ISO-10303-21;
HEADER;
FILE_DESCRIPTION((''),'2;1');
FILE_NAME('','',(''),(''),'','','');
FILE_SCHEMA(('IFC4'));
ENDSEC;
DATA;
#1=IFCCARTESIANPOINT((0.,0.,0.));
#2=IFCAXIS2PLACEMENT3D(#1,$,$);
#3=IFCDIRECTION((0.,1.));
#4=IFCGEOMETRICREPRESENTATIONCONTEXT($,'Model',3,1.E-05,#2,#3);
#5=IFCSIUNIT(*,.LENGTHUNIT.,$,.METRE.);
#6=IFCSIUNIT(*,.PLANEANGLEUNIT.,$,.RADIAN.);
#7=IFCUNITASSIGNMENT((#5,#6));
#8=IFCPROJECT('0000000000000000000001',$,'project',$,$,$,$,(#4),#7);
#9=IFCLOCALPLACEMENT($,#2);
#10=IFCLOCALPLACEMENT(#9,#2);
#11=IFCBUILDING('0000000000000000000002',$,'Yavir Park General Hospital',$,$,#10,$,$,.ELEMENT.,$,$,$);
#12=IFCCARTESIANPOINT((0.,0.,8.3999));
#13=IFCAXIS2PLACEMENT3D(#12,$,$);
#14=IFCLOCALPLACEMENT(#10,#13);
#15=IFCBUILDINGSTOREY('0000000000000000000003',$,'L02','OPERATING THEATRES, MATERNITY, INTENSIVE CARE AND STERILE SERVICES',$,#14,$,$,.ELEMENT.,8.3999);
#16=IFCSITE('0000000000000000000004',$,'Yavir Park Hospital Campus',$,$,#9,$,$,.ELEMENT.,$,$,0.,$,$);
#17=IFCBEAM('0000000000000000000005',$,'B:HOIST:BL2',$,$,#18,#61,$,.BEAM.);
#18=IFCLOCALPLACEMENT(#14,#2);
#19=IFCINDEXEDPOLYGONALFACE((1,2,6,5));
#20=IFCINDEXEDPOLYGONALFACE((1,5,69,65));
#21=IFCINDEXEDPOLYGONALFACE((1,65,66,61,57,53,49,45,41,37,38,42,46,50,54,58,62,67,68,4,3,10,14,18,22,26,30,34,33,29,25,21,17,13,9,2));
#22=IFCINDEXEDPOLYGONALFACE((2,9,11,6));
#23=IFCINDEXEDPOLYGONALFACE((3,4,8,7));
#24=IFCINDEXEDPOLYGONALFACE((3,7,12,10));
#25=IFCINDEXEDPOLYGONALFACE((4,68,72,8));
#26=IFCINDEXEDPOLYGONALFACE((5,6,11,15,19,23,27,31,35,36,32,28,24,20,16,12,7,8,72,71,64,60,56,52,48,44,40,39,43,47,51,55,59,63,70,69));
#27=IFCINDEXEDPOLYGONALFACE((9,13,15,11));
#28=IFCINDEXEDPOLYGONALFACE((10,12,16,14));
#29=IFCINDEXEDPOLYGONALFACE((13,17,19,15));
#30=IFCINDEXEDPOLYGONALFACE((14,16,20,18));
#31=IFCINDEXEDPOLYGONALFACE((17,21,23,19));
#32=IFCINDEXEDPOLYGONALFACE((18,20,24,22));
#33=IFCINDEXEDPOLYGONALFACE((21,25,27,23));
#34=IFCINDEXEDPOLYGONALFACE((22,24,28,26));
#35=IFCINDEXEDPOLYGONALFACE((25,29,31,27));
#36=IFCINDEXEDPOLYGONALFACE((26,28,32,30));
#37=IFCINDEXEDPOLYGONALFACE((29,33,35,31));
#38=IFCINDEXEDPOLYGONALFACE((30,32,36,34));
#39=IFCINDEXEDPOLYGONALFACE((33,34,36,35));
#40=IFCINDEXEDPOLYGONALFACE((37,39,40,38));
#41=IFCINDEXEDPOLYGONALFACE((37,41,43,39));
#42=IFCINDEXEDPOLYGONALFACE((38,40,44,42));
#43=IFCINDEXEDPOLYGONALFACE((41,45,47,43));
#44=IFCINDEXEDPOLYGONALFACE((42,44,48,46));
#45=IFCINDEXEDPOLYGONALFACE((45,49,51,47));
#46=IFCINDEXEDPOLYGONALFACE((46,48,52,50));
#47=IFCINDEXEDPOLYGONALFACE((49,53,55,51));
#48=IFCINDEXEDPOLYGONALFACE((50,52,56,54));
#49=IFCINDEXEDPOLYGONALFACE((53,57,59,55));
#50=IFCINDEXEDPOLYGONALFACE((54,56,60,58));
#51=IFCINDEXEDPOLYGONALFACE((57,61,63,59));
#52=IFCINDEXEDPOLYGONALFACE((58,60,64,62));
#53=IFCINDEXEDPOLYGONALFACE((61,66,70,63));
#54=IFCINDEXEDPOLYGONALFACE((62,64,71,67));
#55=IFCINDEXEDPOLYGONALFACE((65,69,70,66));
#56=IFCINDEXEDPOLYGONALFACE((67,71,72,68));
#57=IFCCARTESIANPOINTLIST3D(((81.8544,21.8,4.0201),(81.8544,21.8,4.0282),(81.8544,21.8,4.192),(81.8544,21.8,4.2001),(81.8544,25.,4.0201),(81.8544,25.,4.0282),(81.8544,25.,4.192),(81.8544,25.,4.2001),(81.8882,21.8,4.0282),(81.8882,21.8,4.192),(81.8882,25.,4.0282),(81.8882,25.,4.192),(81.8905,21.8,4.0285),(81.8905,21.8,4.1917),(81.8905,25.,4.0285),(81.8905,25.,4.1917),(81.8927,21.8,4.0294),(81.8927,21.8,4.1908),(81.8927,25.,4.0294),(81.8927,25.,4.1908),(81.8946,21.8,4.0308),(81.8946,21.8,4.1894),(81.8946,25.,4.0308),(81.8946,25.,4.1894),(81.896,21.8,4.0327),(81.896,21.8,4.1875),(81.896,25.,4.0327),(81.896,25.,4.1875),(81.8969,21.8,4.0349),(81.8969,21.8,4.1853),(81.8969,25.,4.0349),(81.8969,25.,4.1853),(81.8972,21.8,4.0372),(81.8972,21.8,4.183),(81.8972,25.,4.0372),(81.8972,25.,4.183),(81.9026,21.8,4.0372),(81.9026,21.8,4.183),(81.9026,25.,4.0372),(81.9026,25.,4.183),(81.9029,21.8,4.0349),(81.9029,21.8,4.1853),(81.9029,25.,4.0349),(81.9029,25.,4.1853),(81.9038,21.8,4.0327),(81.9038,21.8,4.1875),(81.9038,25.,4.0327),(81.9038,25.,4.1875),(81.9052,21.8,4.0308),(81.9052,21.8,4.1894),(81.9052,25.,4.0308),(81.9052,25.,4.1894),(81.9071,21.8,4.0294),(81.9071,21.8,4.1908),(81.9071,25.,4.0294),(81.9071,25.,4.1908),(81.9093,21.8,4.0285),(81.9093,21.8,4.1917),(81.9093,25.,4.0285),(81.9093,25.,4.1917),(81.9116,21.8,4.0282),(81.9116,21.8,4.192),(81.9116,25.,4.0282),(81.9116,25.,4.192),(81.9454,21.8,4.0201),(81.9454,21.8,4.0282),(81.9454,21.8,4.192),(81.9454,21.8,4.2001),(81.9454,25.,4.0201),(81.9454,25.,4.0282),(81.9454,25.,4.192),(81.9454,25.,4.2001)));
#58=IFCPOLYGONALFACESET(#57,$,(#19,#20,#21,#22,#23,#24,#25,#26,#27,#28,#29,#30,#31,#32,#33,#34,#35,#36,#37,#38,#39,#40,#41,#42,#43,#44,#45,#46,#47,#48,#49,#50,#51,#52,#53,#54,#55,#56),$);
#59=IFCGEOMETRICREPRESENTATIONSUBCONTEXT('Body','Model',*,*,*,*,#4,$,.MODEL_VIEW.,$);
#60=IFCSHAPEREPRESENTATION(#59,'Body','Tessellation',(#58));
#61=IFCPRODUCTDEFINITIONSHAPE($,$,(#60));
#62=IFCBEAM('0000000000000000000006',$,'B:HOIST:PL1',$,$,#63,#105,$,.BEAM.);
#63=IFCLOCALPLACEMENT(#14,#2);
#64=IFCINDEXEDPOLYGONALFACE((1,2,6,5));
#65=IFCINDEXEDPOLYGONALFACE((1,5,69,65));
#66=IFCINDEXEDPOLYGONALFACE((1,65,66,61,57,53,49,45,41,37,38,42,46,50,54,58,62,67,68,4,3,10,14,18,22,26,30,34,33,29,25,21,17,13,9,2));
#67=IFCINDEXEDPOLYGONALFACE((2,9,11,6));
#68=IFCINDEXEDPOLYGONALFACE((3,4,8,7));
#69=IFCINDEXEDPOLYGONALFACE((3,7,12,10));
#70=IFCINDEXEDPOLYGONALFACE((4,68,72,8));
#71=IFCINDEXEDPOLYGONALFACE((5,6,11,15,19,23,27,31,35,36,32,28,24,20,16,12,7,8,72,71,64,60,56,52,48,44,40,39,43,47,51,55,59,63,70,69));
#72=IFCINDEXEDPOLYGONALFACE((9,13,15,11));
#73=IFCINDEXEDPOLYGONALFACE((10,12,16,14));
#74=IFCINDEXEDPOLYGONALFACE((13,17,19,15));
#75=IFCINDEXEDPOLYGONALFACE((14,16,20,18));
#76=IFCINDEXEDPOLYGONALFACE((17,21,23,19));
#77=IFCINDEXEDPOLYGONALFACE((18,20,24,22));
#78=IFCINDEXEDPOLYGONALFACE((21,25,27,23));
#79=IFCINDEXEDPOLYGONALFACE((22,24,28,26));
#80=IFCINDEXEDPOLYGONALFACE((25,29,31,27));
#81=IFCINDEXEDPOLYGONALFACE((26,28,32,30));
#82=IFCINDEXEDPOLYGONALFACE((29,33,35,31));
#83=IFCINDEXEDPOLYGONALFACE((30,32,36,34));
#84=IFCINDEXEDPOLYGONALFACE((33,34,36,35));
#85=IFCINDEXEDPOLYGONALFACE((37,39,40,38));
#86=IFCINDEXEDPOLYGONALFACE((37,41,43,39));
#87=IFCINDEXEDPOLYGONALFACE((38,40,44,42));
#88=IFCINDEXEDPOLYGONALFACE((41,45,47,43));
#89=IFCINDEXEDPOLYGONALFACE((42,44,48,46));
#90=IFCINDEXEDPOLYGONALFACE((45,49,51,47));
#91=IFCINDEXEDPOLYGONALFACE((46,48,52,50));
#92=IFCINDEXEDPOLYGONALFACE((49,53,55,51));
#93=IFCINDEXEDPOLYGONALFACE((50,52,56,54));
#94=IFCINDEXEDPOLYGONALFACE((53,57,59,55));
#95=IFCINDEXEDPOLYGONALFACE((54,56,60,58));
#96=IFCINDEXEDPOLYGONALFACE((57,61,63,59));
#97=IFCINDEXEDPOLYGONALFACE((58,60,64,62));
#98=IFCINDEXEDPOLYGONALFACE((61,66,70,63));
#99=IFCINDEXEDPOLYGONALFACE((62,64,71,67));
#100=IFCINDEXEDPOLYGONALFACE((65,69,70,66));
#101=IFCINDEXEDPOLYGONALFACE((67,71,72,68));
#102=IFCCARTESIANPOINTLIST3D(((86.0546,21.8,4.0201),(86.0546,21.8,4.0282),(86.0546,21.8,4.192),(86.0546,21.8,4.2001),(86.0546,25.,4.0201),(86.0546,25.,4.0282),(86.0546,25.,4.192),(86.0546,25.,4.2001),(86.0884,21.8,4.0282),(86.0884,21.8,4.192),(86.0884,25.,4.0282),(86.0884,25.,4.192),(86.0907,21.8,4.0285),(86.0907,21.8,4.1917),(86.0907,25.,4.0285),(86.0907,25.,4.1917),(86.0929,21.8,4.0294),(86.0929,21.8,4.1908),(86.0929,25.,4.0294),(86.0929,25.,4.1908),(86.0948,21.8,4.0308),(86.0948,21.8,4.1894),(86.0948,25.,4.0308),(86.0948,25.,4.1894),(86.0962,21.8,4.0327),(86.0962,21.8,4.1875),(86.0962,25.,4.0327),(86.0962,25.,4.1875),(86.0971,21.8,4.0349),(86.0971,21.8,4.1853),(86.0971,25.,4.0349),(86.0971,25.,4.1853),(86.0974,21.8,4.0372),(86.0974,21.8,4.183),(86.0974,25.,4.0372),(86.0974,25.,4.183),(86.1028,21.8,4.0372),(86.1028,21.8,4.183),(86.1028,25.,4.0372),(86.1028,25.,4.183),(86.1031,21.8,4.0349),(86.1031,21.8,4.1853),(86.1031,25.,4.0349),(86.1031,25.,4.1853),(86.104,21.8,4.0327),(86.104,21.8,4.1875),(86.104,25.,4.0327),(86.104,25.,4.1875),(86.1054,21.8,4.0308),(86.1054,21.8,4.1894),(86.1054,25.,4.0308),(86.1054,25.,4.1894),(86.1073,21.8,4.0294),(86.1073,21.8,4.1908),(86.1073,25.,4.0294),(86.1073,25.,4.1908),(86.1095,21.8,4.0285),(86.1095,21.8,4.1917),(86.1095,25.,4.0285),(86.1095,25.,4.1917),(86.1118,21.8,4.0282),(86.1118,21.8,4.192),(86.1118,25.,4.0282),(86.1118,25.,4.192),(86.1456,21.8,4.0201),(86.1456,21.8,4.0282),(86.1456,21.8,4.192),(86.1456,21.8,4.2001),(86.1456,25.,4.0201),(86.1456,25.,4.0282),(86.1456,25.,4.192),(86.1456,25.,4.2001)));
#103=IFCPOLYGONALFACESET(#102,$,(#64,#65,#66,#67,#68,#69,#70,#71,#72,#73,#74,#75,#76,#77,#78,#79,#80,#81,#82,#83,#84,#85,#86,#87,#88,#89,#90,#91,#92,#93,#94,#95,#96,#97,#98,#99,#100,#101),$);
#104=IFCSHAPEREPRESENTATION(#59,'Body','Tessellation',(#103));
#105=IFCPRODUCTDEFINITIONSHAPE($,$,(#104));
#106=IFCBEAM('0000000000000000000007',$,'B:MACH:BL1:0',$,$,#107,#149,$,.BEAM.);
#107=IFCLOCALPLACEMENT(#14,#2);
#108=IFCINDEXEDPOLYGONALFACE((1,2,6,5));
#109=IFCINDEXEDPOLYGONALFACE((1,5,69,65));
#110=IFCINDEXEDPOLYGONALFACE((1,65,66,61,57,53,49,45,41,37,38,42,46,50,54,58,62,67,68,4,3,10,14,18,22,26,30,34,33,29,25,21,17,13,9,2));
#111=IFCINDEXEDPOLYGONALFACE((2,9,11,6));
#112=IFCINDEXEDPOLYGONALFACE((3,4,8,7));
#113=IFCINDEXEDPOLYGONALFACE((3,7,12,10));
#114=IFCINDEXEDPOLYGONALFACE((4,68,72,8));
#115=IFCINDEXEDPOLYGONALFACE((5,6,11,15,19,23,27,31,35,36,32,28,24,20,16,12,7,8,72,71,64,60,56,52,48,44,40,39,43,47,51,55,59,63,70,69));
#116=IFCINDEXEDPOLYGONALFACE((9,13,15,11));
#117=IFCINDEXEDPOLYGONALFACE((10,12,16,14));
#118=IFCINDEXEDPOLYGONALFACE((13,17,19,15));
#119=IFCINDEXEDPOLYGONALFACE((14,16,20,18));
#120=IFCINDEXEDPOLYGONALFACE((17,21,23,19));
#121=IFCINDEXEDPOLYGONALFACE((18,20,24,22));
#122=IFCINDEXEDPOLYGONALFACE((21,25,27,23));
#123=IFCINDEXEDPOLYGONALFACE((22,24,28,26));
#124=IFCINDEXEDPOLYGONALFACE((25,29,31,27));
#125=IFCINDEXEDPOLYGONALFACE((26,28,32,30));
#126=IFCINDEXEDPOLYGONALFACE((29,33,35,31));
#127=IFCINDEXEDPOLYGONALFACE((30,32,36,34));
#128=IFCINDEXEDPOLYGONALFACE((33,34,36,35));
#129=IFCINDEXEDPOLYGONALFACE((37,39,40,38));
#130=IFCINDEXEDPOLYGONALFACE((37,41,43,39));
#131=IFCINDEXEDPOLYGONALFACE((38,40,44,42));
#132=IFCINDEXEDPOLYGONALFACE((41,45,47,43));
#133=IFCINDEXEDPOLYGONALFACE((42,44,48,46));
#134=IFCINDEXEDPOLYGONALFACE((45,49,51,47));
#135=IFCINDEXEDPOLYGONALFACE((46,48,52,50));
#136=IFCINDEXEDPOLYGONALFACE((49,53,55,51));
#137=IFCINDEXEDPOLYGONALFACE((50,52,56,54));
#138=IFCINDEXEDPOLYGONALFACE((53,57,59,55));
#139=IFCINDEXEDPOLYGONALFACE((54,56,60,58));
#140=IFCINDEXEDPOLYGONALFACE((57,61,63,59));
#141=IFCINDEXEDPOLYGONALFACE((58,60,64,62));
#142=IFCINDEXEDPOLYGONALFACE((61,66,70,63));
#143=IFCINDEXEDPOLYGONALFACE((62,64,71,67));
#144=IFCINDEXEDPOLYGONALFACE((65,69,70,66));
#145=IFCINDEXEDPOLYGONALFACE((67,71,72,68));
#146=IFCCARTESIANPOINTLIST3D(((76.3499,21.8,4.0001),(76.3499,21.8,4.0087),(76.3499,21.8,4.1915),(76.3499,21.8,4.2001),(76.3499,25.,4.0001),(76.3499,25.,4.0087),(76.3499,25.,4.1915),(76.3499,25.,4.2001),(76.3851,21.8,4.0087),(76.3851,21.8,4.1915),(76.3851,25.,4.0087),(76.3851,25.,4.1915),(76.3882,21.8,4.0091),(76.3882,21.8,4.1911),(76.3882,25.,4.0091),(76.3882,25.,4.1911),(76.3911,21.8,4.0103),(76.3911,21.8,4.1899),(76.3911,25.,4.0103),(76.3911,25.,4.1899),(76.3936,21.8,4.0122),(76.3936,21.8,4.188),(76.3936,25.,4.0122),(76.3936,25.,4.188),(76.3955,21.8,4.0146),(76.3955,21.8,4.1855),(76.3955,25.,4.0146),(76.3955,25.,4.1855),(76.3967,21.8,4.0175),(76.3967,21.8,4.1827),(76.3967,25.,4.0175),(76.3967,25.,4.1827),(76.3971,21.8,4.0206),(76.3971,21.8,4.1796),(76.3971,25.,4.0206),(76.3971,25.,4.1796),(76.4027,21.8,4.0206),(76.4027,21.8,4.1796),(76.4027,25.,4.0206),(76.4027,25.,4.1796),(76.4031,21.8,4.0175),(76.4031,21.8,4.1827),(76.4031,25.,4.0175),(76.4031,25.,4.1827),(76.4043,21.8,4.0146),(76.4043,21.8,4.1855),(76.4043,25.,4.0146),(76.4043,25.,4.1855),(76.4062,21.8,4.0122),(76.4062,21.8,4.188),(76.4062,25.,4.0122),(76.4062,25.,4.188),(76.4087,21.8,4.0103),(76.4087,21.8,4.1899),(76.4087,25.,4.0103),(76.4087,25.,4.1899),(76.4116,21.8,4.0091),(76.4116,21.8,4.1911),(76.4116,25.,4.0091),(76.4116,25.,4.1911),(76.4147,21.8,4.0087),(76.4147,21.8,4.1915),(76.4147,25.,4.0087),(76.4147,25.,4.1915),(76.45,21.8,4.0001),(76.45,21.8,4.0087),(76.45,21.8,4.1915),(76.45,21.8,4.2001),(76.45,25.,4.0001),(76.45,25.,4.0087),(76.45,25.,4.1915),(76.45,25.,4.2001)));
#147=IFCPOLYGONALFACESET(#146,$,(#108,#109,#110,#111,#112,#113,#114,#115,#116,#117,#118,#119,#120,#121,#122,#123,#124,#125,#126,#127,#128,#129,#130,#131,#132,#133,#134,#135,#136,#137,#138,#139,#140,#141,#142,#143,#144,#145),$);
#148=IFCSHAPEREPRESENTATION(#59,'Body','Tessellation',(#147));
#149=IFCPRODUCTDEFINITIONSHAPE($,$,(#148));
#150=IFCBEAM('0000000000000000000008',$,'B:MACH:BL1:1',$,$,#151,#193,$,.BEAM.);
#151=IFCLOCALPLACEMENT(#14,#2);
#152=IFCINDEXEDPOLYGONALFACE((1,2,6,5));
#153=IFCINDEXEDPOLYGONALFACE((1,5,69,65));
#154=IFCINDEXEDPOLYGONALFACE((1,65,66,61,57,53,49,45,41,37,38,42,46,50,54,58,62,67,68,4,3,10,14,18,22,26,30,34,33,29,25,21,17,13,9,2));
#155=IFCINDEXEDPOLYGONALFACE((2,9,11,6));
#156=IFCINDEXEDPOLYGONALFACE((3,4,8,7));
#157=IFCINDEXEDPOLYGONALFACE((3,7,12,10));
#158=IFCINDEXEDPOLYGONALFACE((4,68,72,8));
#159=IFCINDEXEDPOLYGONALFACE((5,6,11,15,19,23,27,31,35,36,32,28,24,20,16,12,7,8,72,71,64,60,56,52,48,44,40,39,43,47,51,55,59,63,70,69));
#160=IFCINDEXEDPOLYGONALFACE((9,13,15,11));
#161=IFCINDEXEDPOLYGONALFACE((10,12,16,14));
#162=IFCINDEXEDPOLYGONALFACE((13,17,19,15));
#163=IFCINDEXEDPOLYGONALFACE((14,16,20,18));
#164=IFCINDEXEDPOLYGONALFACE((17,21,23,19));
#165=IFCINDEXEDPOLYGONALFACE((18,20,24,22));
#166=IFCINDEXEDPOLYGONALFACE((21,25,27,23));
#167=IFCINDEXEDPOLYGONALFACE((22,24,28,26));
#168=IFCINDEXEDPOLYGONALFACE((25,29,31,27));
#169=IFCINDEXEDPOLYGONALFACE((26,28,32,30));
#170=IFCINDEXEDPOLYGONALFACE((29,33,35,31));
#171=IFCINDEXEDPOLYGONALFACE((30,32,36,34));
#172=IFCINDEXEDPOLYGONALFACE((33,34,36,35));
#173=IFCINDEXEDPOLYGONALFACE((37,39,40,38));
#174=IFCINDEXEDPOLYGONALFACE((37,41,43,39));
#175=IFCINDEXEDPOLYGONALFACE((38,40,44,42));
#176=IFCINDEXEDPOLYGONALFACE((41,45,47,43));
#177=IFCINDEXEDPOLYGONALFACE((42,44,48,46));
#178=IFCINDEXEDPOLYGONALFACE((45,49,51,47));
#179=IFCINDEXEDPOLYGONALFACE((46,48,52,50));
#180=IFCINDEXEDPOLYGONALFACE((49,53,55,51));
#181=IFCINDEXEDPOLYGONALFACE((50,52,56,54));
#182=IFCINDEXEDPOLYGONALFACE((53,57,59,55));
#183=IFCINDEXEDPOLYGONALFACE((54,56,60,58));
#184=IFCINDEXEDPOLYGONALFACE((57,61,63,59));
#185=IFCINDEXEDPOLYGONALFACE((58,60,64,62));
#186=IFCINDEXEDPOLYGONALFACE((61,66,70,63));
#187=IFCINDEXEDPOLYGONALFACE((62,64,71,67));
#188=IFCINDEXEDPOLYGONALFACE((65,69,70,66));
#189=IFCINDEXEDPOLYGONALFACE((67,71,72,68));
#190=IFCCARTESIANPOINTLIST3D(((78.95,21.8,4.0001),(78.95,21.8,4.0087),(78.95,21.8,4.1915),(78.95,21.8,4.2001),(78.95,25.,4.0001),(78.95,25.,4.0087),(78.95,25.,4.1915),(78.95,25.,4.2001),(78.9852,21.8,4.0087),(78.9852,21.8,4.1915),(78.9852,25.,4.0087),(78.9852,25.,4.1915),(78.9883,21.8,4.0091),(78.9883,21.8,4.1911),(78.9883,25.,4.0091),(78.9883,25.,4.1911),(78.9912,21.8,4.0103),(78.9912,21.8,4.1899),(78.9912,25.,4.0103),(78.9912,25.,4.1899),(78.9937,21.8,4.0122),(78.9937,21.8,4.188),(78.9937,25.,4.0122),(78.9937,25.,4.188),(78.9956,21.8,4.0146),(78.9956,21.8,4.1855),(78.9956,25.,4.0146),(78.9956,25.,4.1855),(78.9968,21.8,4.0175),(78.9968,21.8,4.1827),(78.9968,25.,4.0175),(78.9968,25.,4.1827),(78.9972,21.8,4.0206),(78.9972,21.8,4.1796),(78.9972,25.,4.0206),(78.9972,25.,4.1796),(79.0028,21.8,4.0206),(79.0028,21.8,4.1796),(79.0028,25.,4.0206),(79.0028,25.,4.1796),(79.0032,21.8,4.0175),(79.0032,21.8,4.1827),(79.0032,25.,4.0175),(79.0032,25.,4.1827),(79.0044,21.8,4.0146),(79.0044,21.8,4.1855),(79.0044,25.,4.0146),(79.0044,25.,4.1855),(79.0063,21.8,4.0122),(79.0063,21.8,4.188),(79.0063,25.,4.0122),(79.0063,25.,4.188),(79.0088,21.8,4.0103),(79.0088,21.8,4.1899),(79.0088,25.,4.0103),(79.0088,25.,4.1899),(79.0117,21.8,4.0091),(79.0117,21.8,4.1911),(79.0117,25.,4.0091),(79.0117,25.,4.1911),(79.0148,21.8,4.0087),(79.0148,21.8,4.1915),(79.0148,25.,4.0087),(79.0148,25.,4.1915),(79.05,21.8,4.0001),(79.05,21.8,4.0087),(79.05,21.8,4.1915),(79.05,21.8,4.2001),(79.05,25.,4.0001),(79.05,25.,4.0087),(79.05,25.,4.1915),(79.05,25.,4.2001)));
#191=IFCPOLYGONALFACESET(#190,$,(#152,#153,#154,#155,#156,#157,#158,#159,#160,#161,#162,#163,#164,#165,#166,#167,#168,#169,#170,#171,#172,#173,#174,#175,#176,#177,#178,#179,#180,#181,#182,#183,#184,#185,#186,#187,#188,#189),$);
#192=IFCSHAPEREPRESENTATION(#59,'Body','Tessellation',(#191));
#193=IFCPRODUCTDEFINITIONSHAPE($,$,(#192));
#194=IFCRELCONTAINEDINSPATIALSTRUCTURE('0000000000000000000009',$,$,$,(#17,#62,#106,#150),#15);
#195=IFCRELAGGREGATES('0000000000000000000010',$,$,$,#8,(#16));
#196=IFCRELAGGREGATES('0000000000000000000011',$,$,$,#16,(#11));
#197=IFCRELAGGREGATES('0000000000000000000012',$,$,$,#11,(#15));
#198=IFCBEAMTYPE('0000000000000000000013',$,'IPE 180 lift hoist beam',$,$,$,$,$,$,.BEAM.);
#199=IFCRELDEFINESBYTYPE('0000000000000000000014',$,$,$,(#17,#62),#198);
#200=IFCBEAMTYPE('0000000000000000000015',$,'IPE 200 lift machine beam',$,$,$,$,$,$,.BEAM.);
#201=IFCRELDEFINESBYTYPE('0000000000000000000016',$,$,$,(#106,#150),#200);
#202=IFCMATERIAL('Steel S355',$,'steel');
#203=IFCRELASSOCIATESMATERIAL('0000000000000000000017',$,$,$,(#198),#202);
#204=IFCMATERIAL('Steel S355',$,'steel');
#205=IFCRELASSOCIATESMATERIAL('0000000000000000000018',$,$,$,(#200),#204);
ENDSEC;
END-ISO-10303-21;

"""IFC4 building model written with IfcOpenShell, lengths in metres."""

from ifc_helpers import new_model, si_unit, direction, frame, origin, origin_2d, place, context, subcontext, project, spatial, i_section, extrude, material, material_profile, profile_set, type_object, element, save


model = new_model("IFC4")

# Units and contexts
model_context = context("Model", 3, precision=1e-05, world=origin(), true_north=direction((0.0, 1.0)))
body_context = subcontext(model_context, "Body", "Model", "MODEL_VIEW")
ifc_project = project(units=[si_unit("LENGTHUNIT", "METRE"), si_unit("PLANEANGLEUNIT", "RADIAN")], contexts=[model_context])

# Site, building, storey
site_placement = place(None, origin())
site = spatial("IfcSite", under=ifc_project, at=site_placement, Name="Yavir Park Hospital Campus", CompositionType="ELEMENT", RefElevation=0.0)
building_placement = place(site_placement, origin())
building = spatial("IfcBuilding", under=site, at=building_placement, Name="Yavir Park General Hospital", CompositionType="ELEMENT")
storey_placement = place(building_placement, frame((0.0, 0.0, 8.3999)))
storey = spatial("IfcBuildingStorey", under=building, at=storey_placement, Name="L02", Description="OPERATING THEATRES, MATERNITY, INTENSIVE CARE AND STERILE SERVICES", CompositionType="ELEMENT", Elevation=8.3999)

# Beams
ifc_material_1 = material(Name="Steel S355", Category="steel")
ifc_material_profile_1 = material_profile(ifc_material_1, i_section(OverallWidth=0.0911, OverallDepth=0.1799, WebThickness=0.0054, FlangeThickness=0.0081, FilletRadius=0.009, at=origin_2d()), Name="IPE180")
ifc_profile_set_1 = profile_set([ifc_material_profile_1], Name="Steel S355")
beam_type_1 = type_object("IfcBeamType", Name="IPE 180 lift hoist beam", PredefinedType="BEAM", material=ifc_profile_set_1)
for number, where, z_axis, x_axis, name in (
    (1, (81.8999, 21.8, 4.1101), (0.0, 1.0, 0.0), (-1.0, 0.0, 0.0), "B:HOIST:BL2"),
    (2, (86.1001, 21.8, 4.1101), (0.0, 1.0, 0.0), (-1.0, 0.0, 0.0), "B:HOIST:PL1"),
):
    element("IfcBeam", number, at=place(storey_placement, frame(where, z_axis=z_axis, x_axis=x_axis)), inside=storey, type_object=beam_type_1, Name=name, PredefinedType="BEAM", context=body_context, shape_type="SweptSolid", body=[
        extrude(i_section(OverallWidth=0.0911, OverallDepth=0.1799, WebThickness=0.0054, FlangeThickness=0.0081, FilletRadius=0.009, at=origin_2d()), origin(), (0.0, 0.0, 1.0), 3.2),
    ])
ifc_material_2 = material(Name="Steel S355", Category="steel")
ifc_material_profile_2 = material_profile(ifc_material_2, i_section(OverallWidth=0.1001, OverallDepth=0.2, WebThickness=0.0056, FlangeThickness=0.0085, FilletRadius=0.012, at=origin_2d()), Name="IPE200")
ifc_profile_set_2 = profile_set([ifc_material_profile_2], Name="Steel S355")
beam_type_2 = type_object("IfcBeamType", Name="IPE 200 lift machine beam", PredefinedType="BEAM", material=ifc_profile_set_2)
for number, where, z_axis, x_axis, name in (
    (3, (76.3999, 21.8, 4.1001), (0.0, 1.0, 0.0), (-1.0, 0.0, 0.0), "B:MACH:BL1:0"),
    (4, (79.0, 21.8, 4.1001), (0.0, 1.0, 0.0), (-1.0, 0.0, 0.0), "B:MACH:BL1:1"),
):
    element("IfcBeam", number, at=place(storey_placement, frame(where, z_axis=z_axis, x_axis=x_axis)), inside=storey, type_object=beam_type_2, Name=name, PredefinedType="BEAM", context=body_context, shape_type="SweptSolid", body=[
        extrude(i_section(OverallWidth=0.1001, OverallDepth=0.2, WebThickness=0.0056, FlangeThickness=0.0085, FilletRadius=0.012, at=origin_2d()), origin(), (0.0, 0.0, 1.0), 3.2),
    ])

save(model, "model.ifc")
